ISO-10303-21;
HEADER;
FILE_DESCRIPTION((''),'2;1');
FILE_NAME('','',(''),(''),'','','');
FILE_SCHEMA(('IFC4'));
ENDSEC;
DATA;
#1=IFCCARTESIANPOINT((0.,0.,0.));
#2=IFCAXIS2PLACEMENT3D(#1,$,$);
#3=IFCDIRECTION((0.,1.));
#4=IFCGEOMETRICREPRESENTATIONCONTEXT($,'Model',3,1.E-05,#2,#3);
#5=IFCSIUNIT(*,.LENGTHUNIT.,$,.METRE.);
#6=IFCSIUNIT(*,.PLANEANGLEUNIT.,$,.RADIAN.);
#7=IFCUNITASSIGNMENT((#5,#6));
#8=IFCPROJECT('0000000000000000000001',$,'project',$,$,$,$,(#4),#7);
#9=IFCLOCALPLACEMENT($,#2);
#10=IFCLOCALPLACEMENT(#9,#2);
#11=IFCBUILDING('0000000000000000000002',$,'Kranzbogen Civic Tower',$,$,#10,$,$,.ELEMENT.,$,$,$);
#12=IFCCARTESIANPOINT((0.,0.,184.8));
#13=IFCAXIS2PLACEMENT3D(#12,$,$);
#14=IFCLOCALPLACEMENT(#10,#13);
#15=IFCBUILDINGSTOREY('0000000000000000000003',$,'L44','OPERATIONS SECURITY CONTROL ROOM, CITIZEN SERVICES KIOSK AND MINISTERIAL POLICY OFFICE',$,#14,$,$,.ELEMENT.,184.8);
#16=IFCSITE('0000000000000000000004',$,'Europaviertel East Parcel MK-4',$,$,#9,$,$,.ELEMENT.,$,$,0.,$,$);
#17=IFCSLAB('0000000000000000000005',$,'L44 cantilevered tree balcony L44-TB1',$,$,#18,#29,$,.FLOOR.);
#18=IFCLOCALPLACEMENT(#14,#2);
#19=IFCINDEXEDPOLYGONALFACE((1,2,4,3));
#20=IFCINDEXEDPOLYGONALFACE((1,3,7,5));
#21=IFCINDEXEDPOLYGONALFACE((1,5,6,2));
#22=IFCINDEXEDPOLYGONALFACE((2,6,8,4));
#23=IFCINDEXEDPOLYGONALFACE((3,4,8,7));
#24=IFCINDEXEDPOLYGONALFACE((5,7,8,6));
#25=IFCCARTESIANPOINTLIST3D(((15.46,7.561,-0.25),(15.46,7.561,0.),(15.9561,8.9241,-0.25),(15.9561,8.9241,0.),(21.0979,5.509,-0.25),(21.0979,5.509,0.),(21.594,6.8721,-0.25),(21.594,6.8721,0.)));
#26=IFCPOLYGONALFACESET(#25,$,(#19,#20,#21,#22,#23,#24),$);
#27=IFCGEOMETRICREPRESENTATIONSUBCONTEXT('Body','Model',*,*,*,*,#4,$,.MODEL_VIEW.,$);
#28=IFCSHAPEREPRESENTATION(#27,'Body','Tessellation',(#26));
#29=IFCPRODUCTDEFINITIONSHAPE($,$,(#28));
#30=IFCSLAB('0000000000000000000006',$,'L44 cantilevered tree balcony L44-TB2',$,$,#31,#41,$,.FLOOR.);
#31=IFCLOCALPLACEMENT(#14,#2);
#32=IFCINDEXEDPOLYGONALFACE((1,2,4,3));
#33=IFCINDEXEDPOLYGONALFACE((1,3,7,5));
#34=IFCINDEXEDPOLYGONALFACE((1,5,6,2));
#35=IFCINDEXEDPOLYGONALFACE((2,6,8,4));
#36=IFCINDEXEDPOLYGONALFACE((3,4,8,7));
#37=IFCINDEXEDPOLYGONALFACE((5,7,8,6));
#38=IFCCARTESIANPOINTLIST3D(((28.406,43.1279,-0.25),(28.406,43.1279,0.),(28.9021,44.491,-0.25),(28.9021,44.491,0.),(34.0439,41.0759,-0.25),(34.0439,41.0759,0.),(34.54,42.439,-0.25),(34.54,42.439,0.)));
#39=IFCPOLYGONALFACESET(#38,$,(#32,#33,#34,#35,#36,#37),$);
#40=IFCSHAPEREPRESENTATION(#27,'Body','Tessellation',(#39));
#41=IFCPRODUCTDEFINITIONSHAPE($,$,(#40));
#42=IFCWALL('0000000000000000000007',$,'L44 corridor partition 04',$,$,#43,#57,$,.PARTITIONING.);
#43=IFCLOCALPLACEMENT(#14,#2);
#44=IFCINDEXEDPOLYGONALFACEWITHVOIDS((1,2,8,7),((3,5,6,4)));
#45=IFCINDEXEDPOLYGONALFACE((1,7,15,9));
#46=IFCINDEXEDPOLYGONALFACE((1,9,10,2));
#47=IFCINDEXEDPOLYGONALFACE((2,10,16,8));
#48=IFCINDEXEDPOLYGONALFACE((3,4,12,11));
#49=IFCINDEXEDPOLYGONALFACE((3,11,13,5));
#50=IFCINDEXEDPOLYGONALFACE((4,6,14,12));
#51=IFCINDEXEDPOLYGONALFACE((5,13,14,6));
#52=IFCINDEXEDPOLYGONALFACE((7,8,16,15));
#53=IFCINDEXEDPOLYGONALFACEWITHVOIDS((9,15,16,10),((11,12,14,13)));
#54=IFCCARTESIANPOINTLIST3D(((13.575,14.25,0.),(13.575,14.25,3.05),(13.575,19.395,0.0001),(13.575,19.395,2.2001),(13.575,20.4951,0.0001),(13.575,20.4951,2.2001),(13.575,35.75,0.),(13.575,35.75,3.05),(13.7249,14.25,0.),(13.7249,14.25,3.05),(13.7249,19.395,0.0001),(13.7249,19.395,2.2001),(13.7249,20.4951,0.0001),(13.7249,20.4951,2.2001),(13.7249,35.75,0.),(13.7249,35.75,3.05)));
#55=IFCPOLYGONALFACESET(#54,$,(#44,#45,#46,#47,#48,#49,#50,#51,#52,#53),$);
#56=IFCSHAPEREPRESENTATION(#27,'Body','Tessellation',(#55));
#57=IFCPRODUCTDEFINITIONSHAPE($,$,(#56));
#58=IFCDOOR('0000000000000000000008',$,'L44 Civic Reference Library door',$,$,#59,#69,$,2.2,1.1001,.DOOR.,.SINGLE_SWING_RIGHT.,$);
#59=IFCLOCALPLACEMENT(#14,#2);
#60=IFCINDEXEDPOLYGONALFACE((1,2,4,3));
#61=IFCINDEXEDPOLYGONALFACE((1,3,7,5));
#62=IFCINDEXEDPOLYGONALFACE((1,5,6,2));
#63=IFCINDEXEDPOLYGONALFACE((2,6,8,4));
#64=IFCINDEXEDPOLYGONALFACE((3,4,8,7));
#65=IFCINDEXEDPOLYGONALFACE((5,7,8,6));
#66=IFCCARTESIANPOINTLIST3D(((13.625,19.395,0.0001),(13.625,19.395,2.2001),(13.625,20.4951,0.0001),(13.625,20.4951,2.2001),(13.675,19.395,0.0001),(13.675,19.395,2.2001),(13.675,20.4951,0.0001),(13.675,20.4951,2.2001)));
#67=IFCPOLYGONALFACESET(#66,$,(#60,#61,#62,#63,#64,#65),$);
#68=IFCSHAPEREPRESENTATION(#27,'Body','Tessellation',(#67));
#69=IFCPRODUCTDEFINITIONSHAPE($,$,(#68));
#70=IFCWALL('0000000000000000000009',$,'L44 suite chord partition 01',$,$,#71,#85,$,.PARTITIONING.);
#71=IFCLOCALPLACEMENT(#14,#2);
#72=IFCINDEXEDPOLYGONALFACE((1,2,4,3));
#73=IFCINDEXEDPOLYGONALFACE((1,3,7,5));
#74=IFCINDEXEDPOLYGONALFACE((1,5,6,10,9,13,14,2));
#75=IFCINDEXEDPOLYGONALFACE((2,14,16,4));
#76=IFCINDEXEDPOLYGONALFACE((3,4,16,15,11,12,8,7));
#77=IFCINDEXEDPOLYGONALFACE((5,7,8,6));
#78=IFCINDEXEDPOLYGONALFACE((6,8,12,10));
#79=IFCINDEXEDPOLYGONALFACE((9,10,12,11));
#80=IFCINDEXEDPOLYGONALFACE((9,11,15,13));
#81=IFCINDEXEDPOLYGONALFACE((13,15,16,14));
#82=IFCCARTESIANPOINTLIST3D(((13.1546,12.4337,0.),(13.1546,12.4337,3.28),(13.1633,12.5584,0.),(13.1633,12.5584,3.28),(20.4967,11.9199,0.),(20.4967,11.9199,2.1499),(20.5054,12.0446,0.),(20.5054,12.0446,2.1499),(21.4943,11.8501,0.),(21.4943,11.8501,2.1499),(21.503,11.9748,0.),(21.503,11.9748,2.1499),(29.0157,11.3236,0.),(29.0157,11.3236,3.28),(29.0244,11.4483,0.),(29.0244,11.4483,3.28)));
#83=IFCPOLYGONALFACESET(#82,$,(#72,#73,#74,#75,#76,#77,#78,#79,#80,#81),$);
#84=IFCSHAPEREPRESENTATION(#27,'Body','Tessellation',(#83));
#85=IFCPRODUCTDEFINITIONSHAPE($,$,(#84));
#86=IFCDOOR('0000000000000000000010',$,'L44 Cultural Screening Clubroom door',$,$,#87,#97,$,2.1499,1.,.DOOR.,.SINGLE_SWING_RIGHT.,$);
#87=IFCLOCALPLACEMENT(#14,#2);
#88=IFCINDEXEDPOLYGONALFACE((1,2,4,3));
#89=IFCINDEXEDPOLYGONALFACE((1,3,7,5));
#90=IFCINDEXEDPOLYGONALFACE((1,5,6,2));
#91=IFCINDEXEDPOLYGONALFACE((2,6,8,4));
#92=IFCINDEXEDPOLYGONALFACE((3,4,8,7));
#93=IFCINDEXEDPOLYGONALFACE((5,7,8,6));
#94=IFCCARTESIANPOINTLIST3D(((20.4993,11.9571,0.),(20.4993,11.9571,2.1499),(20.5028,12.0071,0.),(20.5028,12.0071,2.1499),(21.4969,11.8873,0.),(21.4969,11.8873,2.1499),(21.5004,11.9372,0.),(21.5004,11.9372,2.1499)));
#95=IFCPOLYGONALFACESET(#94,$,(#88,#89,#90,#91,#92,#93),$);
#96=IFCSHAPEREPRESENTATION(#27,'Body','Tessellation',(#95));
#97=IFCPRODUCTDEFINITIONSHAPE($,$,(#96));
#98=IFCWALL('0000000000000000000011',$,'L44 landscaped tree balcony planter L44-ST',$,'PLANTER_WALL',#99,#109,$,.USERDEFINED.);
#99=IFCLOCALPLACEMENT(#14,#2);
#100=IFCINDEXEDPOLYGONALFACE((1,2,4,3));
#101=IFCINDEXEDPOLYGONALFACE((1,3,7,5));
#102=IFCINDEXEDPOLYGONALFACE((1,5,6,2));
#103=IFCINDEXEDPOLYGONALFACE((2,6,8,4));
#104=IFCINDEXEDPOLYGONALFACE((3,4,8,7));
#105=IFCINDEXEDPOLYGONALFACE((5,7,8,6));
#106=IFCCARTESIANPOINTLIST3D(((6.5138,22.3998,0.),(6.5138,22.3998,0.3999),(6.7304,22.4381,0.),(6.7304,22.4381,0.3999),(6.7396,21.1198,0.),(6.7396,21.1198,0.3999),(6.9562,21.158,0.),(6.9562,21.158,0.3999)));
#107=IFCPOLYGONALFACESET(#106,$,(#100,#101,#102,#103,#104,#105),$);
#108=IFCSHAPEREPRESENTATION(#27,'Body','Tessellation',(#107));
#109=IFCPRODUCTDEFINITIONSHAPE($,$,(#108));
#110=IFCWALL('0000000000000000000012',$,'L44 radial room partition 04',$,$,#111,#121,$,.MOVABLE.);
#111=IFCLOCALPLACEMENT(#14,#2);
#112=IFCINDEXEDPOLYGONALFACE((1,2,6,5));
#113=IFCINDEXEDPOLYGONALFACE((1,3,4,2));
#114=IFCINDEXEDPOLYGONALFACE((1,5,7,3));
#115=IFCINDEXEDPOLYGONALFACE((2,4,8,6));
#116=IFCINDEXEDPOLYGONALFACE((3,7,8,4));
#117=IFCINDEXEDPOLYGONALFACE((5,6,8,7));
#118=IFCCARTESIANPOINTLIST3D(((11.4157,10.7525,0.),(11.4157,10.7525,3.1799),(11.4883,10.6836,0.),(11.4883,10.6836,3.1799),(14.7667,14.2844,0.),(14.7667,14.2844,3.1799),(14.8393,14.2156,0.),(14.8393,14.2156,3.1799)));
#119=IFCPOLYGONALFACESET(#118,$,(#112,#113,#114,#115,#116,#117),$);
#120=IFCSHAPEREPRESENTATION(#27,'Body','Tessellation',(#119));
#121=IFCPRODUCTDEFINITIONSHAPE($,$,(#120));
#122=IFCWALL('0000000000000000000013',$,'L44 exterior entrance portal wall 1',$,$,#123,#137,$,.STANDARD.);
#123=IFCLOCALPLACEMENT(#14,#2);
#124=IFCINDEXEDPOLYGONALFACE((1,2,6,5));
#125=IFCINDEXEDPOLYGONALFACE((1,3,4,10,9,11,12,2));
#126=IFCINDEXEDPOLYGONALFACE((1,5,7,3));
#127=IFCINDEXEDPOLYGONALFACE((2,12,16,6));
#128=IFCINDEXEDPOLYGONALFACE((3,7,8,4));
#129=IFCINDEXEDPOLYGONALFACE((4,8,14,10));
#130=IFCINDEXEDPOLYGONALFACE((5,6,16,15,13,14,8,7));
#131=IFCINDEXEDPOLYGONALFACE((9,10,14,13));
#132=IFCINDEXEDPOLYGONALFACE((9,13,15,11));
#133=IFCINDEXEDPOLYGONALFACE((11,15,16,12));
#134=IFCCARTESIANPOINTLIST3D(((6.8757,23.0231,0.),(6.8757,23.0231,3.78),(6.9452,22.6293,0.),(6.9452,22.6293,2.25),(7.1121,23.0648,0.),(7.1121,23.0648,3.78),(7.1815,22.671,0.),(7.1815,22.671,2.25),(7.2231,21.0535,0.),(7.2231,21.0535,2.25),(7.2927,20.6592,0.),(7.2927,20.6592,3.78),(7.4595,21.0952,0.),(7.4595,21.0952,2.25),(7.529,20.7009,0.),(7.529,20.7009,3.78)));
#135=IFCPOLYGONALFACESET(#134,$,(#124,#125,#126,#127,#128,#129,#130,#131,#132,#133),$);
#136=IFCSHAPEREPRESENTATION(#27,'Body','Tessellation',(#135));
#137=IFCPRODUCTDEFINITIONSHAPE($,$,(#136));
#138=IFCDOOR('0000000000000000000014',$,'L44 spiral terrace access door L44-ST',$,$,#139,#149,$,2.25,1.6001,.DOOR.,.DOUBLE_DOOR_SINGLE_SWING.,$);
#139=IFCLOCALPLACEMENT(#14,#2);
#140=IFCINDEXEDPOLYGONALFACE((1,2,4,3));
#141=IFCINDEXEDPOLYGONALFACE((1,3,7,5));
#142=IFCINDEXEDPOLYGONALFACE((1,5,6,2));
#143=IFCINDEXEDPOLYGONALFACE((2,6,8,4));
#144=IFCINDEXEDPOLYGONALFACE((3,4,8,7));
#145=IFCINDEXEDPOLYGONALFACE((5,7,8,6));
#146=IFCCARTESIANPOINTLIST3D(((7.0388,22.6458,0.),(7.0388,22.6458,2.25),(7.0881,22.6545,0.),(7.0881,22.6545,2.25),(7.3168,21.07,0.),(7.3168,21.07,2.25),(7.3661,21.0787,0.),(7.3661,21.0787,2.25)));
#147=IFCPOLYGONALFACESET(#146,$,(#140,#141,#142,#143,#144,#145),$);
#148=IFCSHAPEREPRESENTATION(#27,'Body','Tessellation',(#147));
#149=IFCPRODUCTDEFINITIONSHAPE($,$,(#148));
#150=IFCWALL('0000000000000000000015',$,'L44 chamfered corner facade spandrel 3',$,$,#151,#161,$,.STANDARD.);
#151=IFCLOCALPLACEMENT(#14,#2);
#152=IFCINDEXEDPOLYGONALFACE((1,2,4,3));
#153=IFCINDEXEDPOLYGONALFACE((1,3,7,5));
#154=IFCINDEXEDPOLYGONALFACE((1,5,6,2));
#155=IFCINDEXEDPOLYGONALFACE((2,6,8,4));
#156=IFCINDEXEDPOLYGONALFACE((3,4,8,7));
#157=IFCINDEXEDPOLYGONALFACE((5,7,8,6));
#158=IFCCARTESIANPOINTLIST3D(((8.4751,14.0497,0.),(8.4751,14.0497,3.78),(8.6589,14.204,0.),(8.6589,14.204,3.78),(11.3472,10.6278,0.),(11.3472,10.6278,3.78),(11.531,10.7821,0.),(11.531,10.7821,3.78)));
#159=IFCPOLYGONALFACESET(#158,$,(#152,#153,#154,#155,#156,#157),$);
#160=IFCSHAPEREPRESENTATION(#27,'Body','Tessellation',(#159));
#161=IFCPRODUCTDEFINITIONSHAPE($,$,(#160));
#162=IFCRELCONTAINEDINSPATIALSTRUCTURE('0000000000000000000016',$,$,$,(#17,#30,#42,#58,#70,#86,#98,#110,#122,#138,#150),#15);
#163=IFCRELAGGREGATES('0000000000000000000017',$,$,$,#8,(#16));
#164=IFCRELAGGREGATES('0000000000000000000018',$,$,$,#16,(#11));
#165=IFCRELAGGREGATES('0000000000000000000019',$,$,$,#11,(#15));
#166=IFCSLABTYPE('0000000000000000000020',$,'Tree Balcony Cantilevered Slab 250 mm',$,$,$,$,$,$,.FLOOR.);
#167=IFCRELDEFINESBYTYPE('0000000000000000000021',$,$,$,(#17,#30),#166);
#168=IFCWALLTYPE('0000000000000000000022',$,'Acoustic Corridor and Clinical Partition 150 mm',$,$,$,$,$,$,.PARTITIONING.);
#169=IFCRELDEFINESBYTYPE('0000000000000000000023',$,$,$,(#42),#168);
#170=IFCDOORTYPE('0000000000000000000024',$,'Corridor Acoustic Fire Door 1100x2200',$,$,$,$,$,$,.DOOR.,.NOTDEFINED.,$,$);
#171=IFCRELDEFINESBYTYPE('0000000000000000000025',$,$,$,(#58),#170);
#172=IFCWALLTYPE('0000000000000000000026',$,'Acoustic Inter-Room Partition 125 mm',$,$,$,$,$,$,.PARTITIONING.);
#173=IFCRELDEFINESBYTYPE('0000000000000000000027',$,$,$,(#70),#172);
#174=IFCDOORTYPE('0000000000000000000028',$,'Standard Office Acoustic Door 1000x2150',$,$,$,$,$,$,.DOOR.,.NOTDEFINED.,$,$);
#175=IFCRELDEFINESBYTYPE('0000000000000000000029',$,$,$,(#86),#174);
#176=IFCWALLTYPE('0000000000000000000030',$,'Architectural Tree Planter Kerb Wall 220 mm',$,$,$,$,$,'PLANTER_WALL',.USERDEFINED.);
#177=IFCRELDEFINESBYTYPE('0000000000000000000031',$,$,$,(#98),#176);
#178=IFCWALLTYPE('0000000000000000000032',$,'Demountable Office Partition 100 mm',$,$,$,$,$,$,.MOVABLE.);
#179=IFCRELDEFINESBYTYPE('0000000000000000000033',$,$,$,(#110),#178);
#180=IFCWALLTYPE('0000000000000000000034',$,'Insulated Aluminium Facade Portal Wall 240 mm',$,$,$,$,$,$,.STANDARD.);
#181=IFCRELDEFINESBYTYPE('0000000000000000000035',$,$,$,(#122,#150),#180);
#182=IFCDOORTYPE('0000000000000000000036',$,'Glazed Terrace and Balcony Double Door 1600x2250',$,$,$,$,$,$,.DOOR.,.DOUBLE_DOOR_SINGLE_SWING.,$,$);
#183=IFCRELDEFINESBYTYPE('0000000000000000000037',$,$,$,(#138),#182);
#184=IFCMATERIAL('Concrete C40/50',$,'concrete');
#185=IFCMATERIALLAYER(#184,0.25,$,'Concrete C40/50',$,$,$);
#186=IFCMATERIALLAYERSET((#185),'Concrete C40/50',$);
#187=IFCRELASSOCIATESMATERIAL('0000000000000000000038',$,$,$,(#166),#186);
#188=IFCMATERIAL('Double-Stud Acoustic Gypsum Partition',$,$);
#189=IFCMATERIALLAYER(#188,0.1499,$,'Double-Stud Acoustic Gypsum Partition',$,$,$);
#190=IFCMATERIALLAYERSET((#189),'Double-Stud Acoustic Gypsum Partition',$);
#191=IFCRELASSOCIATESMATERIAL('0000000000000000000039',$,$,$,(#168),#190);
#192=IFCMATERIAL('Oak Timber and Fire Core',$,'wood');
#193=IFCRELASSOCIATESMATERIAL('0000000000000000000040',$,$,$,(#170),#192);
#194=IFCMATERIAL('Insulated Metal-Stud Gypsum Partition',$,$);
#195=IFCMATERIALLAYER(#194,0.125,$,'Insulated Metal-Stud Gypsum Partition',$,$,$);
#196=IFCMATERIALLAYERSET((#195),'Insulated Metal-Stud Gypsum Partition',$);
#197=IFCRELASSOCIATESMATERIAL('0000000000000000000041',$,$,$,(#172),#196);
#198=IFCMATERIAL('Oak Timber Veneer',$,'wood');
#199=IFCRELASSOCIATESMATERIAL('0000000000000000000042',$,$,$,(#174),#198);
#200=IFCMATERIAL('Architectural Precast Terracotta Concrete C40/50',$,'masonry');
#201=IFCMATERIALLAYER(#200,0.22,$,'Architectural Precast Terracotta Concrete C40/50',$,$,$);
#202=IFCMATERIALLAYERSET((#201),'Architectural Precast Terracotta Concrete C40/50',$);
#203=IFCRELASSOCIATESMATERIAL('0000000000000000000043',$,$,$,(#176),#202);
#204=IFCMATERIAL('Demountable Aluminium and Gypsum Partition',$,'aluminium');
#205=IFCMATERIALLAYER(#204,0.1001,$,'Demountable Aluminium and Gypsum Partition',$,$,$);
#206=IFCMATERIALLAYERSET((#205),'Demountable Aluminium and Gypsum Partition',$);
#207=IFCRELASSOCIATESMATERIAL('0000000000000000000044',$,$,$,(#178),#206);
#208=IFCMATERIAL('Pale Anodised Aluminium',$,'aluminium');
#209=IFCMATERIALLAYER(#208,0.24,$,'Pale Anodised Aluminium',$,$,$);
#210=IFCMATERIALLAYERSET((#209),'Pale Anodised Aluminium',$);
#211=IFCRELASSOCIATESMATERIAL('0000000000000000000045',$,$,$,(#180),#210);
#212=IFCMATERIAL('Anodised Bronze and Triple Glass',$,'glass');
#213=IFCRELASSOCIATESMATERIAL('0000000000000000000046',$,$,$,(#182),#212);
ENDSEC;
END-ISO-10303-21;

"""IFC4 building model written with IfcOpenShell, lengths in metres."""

from ifc_helpers import new_model, si_unit, direction, frame, frame_2d, origin, place, context, subcontext, project, spatial, polyline, rectangle, outline, extrude, material, layer, layer_set, type_object, element, fill, save


model = new_model("IFC4")

# Units and contexts
model_context = context("Model", 3, precision=1e-05, world=origin(), true_north=direction((0.0, 1.0)))
body_context = subcontext(model_context, "Body", "Model", "MODEL_VIEW")
ifc_project = project(units=[si_unit("LENGTHUNIT", "METRE"), si_unit("PLANEANGLEUNIT", "RADIAN")], contexts=[model_context])

# Site, building, storey
site_placement = place(None, origin())
site = spatial("IfcSite", under=ifc_project, at=site_placement, Name="Europaviertel East Parcel MK-4", CompositionType="ELEMENT", RefElevation=0.0)
building_placement = place(site_placement, origin())
building = spatial("IfcBuilding", under=site, at=building_placement, Name="Kranzbogen Civic Tower", CompositionType="ELEMENT")
storey_placement = place(building_placement, frame((0.0, 0.0, 184.8)))
storey = spatial("IfcBuildingStorey", under=building, at=storey_placement, Name="L44", Description="OPERATIONS SECURITY CONTROL ROOM, CITIZEN SERVICES KIOSK AND MINISTERIAL POLICY OFFICE", CompositionType="ELEMENT", Elevation=184.8)

# Shared definitions
ifc_material_1 = material(Name="Pale Anodised Aluminium", Category="aluminium")

# Shared definitions
ifc_material_2 = material(Name="Concrete C40/50", Category="concrete")

# Slabs
ifc_layer_1 = layer(ifc_material_2, 0.25, Name="Concrete C40/50")
ifc_layer_set_1 = layer_set([ifc_layer_1], Name="Concrete C40/50")
slab_type_1 = type_object("IfcSlabType", Name="Tree Balcony Cantilevered Slab 250 mm", PredefinedType="FLOOR", material=ifc_layer_set_1)
slab_1_placement = place(storey_placement, frame((0.0, 0.0, -0.25)))
element("IfcSlab", 1, at=slab_1_placement, inside=storey, type_object=slab_type_1, Name="L44 cantilevered tree balcony L44-TB1", PredefinedType="FLOOR", context=body_context, shape_type="SweptSolid", body=[
    extrude(outline(polyline([(15.9561, 8.9241), (21.594, 6.8721), (21.0979, 5.509), (15.46, 7.561), (15.9561, 8.9241)])), origin(), (0.0, 0.0, 1.0), 0.25),
])
slab_2_placement = place(storey_placement, frame((0.0, 0.0, -0.25)))
element("IfcSlab", 2, at=slab_2_placement, inside=storey, type_object=slab_type_1, Name="L44 cantilevered tree balcony L44-TB2", PredefinedType="FLOOR", context=body_context, shape_type="SweptSolid", body=[
    extrude(outline(polyline([(34.0439, 41.0759), (28.406, 43.1279), (28.9021, 44.491), (34.54, 42.439), (34.0439, 41.0759)])), origin(), (0.0, 0.0, 1.0), 0.25),
])

# Walls, openings, doors
ifc_material_3 = material(Name="Double-Stud Acoustic Gypsum Partition")
ifc_layer_2 = layer(ifc_material_3, 0.1499, Name="Double-Stud Acoustic Gypsum Partition")
ifc_layer_set_2 = layer_set([ifc_layer_2], Name="Double-Stud Acoustic Gypsum Partition")
wall_type_1 = type_object("IfcWallType", Name="Acoustic Corridor and Clinical Partition 150 mm", PredefinedType="PARTITIONING", material=ifc_layer_set_2)
wall_1_placement = place(storey_placement, frame((13.6499, 14.25, 0.0), z_axis=(0.0, 0.0, 1.0), x_axis=(0.0, 1.0, 0.0)))
wall_1 = element("IfcWall", 3, at=wall_1_placement, inside=storey, type_object=wall_type_1, Name="L44 corridor partition 04", PredefinedType="PARTITIONING", context=body_context, shape_type="SweptSolid", body=[
    extrude(rectangle(XDim=21.5, YDim=0.1499, at=frame_2d((10.75, 0.0))), origin(), (0.0, 0.0, 1.0), 3.05),
])
opening_1_placement = place(wall_1_placement, frame((5.145, 0.0, 0.0)))
opening_1 = element("IfcOpeningElement", 4, at=opening_1_placement, cuts=wall_1, PredefinedType="OPENING", context=body_context, shape_type="SweptSolid", body=[
    extrude(rectangle(XDim=1.1001, YDim=2.2, at=frame_2d((0.55, 1.1001))), frame((0.0, 0.085, 0.0), z_axis=(0.0, -1.0, 0.0), x_axis=(1.0, 0.0, 0.0)), (0.0, 0.0, 1.0), 0.1699),
])
ifc_material_4 = material(Name="Oak Timber and Fire Core", Category="wood")
door_type_1 = type_object("IfcDoorType", Name="Corridor Acoustic Fire Door 1100x2200", OperationType="NOTDEFINED", PredefinedType="DOOR", material=ifc_material_4)
door_1_placement = place(opening_1_placement, origin())
door_1 = element("IfcDoor", 5, at=door_1_placement, inside=storey, type_object=door_type_1, Name="L44 Civic Reference Library door", OperationType="SINGLE_SWING_RIGHT", OverallHeight=2.2, OverallWidth=1.1001, PredefinedType="DOOR", context=body_context, shape_type="SweptSolid", body=[
    extrude(rectangle(XDim=1.1001, YDim=2.2, at=frame_2d((0.55, 1.1001))), frame((0.0, 0.0249, 0.0), z_axis=(0.0, -1.0, 0.0), x_axis=(1.0, 0.0, 0.0)), (0.0, 0.0, 1.0), 0.05),
])
fill(opening_1, door_1)
ifc_material_5 = material(Name="Insulated Metal-Stud Gypsum Partition")
ifc_layer_3 = layer(ifc_material_5, 0.125, Name="Insulated Metal-Stud Gypsum Partition")
ifc_layer_set_3 = layer_set([ifc_layer_3], Name="Insulated Metal-Stud Gypsum Partition")
wall_type_2 = type_object("IfcWallType", Name="Acoustic Inter-Room Partition 125 mm", PredefinedType="PARTITIONING", material=ifc_layer_set_3)
wall_2_placement = place(storey_placement, frame((13.1589, 12.4961, 0.0), z_axis=(0.0, 0.0, 1.0), x_axis=(0.99756, -0.069819, 0.0)))
wall_2 = element("IfcWall", 6, at=wall_2_placement, inside=storey, type_object=wall_type_2, Name="L44 suite chord partition 01", PredefinedType="PARTITIONING", context=body_context, shape_type="SweptSolid", body=[
    extrude(rectangle(XDim=15.8999, YDim=0.125, at=frame_2d((7.95, 0.0))), origin(), (0.0, 0.0, 1.0), 3.28),
])
opening_2_placement = place(wall_2_placement, frame((7.3601, 0.0, 0.0)))
opening_2 = element("IfcOpeningElement", 7, at=opening_2_placement, cuts=wall_2, PredefinedType="OPENING", context=body_context, shape_type="SweptSolid", body=[
    extrude(rectangle(XDim=1.0, YDim=2.1499, at=frame_2d((0.5, 1.075))), frame((0.0, 0.0725, 0.0), z_axis=(0.0, -1.0, 0.0), x_axis=(1.0, 0.0, 0.0)), (0.0, 0.0, 1.0), 0.145),
])
ifc_material_6 = material(Name="Oak Timber Veneer", Category="wood")
door_type_2 = type_object("IfcDoorType", Name="Standard Office Acoustic Door 1000x2150", OperationType="NOTDEFINED", PredefinedType="DOOR", material=ifc_material_6)
door_2_placement = place(opening_2_placement, origin())
door_2 = element("IfcDoor", 8, at=door_2_placement, inside=storey, type_object=door_type_2, Name="L44 Cultural Screening Clubroom door", OperationType="SINGLE_SWING_RIGHT", OverallHeight=2.1499, OverallWidth=1.0, PredefinedType="DOOR", context=body_context, shape_type="SweptSolid", body=[
    extrude(rectangle(XDim=1.0, YDim=2.1499, at=frame_2d((0.5, 1.075))), frame((0.0, 0.0249, 0.0), z_axis=(0.0, -1.0, 0.0), x_axis=(1.0, 0.0, 0.0)), (0.0, 0.0, 1.0), 0.05),
])
fill(opening_2, door_2)

# Walls
ifc_material_7 = material(Name="Architectural Precast Terracotta Concrete C40/50", Category="masonry")
ifc_layer_4 = layer(ifc_material_7, 0.22, Name="Architectural Precast Terracotta Concrete C40/50")
ifc_layer_set_4 = layer_set([ifc_layer_4], Name="Architectural Precast Terracotta Concrete C40/50")
wall_type_3 = type_object("IfcWallType", Name="Architectural Tree Planter Kerb Wall 220 mm", ElementType="PLANTER_WALL", PredefinedType="USERDEFINED", material=ifc_layer_set_4)
wall_3_placement = place(storey_placement, frame((6.6221, 22.4189, 0.0), z_axis=(0.0, 0.0, 1.0), x_axis=(0.173742, -0.984791, 0.0)))
element("IfcWall", 9, at=wall_3_placement, inside=storey, type_object=wall_type_3, Name="L44 landscaped tree balcony planter L44-ST", ObjectType="PLANTER_WALL", PredefinedType="USERDEFINED", context=body_context, shape_type="SweptSolid", body=[
    extrude(rectangle(XDim=1.2998, YDim=0.22, at=frame_2d((0.6499, 0.0))), origin(), (0.0, 0.0, 1.0), 0.3999),
])
ifc_material_8 = material(Name="Demountable Aluminium and Gypsum Partition", Category="aluminium")
ifc_layer_5 = layer(ifc_material_8, 0.1001, Name="Demountable Aluminium and Gypsum Partition")
ifc_layer_set_5 = layer_set([ifc_layer_5], Name="Demountable Aluminium and Gypsum Partition")
wall_type_4 = type_object("IfcWallType", Name="Demountable Office Partition 100 mm", PredefinedType="MOVABLE", material=ifc_layer_set_5)
wall_4_placement = place(storey_placement, frame((14.803, 14.25, 0.0), z_axis=(0.0, 0.0, 1.0), x_axis=(-0.688284, -0.725441, 0.0)))
element("IfcWall", 10, at=wall_4_placement, inside=storey, type_object=wall_type_4, Name="L44 radial room partition 04", PredefinedType="MOVABLE", context=body_context, shape_type="SweptSolid", body=[
    extrude(rectangle(XDim=4.8687, YDim=0.1001, at=frame_2d((2.4343, 0.0))), origin(), (0.0, 0.0, 1.0), 3.1799),
])

# Wall, opening, door
ifc_layer_6 = layer(ifc_material_1, 0.24, Name="Pale Anodised Aluminium")
ifc_layer_set_6 = layer_set([ifc_layer_6], Name="Pale Anodised Aluminium")
wall_type_5 = type_object("IfcWallType", Name="Insulated Aluminium Facade Portal Wall 240 mm", PredefinedType="STANDARD", material=ifc_layer_set_6)
wall_5_placement = place(storey_placement, frame((6.9939, 23.0439, 0.0), z_axis=(0.0, 0.0, 1.0), x_axis=(0.17371, -0.984797, 0.0)))
wall_5 = element("IfcWall", 11, at=wall_5_placement, inside=storey, type_object=wall_type_5, Name="L44 exterior entrance portal wall 1", PredefinedType="STANDARD", context=body_context, shape_type="SweptSolid", body=[
    extrude(rectangle(XDim=2.4004, YDim=0.24, at=frame_2d((1.2002, 0.0))), origin(), (0.0, 0.0, 1.0), 3.78),
])
opening_3_placement = place(wall_5_placement, frame((0.3999, 0.0, 0.0)))
opening_3 = element("IfcOpeningElement", 12, at=opening_3_placement, cuts=wall_5, PredefinedType="OPENING", context=body_context, shape_type="SweptSolid", body=[
    extrude(rectangle(XDim=1.6001, YDim=2.25, at=frame_2d((0.8, 1.125))), frame((0.0, 0.1299, 0.0), z_axis=(0.0, -1.0, 0.0), x_axis=(1.0, 0.0, 0.0)), (0.0, 0.0, 1.0), 0.26),
])
ifc_material_9 = material(Name="Anodised Bronze and Triple Glass", Category="glass")
door_type_3 = type_object("IfcDoorType", Name="Glazed Terrace and Balcony Double Door 1600x2250", OperationType="DOUBLE_DOOR_SINGLE_SWING", PredefinedType="DOOR", material=ifc_material_9)
door_3_placement = place(opening_3_placement, frame((1.6001, 0.0, 0.0), z_axis=(0.0, 0.0, 1.0), x_axis=(-1.0, 0.0, 0.0)))
door_3 = element("IfcDoor", 13, at=door_3_placement, inside=storey, type_object=door_type_3, Name="L44 spiral terrace access door L44-ST", OperationType="DOUBLE_DOOR_SINGLE_SWING", OverallHeight=2.25, OverallWidth=1.6001, PredefinedType="DOOR", context=body_context, shape_type="SweptSolid", body=[
    extrude(rectangle(XDim=1.6001, YDim=2.25, at=frame_2d((0.8, 1.125))), frame((0.0, 0.0249, 0.0), z_axis=(0.0, -1.0, 0.0), x_axis=(1.0, 0.0, 0.0)), (0.0, 0.0, 1.0), 0.05),
])
fill(opening_3, door_3)

# Wall
wall_6_placement = place(storey_placement, frame((8.5669, 14.127, 0.0), z_axis=(0.0, 0.0, 1.0), x_axis=(0.64289, -0.765959, 0.0)))
element("IfcWall", 14, at=wall_6_placement, inside=storey, type_object=wall_type_5, Name="L44 chamfered corner facade spandrel 3", PredefinedType="STANDARD", context=body_context, shape_type="SweptSolid", body=[
    extrude(rectangle(XDim=4.4675, YDim=0.24, at=frame_2d((2.2339, 0.0))), origin(), (0.0, 0.0, 1.0), 3.78),
])

save(model, "model.ifc")
